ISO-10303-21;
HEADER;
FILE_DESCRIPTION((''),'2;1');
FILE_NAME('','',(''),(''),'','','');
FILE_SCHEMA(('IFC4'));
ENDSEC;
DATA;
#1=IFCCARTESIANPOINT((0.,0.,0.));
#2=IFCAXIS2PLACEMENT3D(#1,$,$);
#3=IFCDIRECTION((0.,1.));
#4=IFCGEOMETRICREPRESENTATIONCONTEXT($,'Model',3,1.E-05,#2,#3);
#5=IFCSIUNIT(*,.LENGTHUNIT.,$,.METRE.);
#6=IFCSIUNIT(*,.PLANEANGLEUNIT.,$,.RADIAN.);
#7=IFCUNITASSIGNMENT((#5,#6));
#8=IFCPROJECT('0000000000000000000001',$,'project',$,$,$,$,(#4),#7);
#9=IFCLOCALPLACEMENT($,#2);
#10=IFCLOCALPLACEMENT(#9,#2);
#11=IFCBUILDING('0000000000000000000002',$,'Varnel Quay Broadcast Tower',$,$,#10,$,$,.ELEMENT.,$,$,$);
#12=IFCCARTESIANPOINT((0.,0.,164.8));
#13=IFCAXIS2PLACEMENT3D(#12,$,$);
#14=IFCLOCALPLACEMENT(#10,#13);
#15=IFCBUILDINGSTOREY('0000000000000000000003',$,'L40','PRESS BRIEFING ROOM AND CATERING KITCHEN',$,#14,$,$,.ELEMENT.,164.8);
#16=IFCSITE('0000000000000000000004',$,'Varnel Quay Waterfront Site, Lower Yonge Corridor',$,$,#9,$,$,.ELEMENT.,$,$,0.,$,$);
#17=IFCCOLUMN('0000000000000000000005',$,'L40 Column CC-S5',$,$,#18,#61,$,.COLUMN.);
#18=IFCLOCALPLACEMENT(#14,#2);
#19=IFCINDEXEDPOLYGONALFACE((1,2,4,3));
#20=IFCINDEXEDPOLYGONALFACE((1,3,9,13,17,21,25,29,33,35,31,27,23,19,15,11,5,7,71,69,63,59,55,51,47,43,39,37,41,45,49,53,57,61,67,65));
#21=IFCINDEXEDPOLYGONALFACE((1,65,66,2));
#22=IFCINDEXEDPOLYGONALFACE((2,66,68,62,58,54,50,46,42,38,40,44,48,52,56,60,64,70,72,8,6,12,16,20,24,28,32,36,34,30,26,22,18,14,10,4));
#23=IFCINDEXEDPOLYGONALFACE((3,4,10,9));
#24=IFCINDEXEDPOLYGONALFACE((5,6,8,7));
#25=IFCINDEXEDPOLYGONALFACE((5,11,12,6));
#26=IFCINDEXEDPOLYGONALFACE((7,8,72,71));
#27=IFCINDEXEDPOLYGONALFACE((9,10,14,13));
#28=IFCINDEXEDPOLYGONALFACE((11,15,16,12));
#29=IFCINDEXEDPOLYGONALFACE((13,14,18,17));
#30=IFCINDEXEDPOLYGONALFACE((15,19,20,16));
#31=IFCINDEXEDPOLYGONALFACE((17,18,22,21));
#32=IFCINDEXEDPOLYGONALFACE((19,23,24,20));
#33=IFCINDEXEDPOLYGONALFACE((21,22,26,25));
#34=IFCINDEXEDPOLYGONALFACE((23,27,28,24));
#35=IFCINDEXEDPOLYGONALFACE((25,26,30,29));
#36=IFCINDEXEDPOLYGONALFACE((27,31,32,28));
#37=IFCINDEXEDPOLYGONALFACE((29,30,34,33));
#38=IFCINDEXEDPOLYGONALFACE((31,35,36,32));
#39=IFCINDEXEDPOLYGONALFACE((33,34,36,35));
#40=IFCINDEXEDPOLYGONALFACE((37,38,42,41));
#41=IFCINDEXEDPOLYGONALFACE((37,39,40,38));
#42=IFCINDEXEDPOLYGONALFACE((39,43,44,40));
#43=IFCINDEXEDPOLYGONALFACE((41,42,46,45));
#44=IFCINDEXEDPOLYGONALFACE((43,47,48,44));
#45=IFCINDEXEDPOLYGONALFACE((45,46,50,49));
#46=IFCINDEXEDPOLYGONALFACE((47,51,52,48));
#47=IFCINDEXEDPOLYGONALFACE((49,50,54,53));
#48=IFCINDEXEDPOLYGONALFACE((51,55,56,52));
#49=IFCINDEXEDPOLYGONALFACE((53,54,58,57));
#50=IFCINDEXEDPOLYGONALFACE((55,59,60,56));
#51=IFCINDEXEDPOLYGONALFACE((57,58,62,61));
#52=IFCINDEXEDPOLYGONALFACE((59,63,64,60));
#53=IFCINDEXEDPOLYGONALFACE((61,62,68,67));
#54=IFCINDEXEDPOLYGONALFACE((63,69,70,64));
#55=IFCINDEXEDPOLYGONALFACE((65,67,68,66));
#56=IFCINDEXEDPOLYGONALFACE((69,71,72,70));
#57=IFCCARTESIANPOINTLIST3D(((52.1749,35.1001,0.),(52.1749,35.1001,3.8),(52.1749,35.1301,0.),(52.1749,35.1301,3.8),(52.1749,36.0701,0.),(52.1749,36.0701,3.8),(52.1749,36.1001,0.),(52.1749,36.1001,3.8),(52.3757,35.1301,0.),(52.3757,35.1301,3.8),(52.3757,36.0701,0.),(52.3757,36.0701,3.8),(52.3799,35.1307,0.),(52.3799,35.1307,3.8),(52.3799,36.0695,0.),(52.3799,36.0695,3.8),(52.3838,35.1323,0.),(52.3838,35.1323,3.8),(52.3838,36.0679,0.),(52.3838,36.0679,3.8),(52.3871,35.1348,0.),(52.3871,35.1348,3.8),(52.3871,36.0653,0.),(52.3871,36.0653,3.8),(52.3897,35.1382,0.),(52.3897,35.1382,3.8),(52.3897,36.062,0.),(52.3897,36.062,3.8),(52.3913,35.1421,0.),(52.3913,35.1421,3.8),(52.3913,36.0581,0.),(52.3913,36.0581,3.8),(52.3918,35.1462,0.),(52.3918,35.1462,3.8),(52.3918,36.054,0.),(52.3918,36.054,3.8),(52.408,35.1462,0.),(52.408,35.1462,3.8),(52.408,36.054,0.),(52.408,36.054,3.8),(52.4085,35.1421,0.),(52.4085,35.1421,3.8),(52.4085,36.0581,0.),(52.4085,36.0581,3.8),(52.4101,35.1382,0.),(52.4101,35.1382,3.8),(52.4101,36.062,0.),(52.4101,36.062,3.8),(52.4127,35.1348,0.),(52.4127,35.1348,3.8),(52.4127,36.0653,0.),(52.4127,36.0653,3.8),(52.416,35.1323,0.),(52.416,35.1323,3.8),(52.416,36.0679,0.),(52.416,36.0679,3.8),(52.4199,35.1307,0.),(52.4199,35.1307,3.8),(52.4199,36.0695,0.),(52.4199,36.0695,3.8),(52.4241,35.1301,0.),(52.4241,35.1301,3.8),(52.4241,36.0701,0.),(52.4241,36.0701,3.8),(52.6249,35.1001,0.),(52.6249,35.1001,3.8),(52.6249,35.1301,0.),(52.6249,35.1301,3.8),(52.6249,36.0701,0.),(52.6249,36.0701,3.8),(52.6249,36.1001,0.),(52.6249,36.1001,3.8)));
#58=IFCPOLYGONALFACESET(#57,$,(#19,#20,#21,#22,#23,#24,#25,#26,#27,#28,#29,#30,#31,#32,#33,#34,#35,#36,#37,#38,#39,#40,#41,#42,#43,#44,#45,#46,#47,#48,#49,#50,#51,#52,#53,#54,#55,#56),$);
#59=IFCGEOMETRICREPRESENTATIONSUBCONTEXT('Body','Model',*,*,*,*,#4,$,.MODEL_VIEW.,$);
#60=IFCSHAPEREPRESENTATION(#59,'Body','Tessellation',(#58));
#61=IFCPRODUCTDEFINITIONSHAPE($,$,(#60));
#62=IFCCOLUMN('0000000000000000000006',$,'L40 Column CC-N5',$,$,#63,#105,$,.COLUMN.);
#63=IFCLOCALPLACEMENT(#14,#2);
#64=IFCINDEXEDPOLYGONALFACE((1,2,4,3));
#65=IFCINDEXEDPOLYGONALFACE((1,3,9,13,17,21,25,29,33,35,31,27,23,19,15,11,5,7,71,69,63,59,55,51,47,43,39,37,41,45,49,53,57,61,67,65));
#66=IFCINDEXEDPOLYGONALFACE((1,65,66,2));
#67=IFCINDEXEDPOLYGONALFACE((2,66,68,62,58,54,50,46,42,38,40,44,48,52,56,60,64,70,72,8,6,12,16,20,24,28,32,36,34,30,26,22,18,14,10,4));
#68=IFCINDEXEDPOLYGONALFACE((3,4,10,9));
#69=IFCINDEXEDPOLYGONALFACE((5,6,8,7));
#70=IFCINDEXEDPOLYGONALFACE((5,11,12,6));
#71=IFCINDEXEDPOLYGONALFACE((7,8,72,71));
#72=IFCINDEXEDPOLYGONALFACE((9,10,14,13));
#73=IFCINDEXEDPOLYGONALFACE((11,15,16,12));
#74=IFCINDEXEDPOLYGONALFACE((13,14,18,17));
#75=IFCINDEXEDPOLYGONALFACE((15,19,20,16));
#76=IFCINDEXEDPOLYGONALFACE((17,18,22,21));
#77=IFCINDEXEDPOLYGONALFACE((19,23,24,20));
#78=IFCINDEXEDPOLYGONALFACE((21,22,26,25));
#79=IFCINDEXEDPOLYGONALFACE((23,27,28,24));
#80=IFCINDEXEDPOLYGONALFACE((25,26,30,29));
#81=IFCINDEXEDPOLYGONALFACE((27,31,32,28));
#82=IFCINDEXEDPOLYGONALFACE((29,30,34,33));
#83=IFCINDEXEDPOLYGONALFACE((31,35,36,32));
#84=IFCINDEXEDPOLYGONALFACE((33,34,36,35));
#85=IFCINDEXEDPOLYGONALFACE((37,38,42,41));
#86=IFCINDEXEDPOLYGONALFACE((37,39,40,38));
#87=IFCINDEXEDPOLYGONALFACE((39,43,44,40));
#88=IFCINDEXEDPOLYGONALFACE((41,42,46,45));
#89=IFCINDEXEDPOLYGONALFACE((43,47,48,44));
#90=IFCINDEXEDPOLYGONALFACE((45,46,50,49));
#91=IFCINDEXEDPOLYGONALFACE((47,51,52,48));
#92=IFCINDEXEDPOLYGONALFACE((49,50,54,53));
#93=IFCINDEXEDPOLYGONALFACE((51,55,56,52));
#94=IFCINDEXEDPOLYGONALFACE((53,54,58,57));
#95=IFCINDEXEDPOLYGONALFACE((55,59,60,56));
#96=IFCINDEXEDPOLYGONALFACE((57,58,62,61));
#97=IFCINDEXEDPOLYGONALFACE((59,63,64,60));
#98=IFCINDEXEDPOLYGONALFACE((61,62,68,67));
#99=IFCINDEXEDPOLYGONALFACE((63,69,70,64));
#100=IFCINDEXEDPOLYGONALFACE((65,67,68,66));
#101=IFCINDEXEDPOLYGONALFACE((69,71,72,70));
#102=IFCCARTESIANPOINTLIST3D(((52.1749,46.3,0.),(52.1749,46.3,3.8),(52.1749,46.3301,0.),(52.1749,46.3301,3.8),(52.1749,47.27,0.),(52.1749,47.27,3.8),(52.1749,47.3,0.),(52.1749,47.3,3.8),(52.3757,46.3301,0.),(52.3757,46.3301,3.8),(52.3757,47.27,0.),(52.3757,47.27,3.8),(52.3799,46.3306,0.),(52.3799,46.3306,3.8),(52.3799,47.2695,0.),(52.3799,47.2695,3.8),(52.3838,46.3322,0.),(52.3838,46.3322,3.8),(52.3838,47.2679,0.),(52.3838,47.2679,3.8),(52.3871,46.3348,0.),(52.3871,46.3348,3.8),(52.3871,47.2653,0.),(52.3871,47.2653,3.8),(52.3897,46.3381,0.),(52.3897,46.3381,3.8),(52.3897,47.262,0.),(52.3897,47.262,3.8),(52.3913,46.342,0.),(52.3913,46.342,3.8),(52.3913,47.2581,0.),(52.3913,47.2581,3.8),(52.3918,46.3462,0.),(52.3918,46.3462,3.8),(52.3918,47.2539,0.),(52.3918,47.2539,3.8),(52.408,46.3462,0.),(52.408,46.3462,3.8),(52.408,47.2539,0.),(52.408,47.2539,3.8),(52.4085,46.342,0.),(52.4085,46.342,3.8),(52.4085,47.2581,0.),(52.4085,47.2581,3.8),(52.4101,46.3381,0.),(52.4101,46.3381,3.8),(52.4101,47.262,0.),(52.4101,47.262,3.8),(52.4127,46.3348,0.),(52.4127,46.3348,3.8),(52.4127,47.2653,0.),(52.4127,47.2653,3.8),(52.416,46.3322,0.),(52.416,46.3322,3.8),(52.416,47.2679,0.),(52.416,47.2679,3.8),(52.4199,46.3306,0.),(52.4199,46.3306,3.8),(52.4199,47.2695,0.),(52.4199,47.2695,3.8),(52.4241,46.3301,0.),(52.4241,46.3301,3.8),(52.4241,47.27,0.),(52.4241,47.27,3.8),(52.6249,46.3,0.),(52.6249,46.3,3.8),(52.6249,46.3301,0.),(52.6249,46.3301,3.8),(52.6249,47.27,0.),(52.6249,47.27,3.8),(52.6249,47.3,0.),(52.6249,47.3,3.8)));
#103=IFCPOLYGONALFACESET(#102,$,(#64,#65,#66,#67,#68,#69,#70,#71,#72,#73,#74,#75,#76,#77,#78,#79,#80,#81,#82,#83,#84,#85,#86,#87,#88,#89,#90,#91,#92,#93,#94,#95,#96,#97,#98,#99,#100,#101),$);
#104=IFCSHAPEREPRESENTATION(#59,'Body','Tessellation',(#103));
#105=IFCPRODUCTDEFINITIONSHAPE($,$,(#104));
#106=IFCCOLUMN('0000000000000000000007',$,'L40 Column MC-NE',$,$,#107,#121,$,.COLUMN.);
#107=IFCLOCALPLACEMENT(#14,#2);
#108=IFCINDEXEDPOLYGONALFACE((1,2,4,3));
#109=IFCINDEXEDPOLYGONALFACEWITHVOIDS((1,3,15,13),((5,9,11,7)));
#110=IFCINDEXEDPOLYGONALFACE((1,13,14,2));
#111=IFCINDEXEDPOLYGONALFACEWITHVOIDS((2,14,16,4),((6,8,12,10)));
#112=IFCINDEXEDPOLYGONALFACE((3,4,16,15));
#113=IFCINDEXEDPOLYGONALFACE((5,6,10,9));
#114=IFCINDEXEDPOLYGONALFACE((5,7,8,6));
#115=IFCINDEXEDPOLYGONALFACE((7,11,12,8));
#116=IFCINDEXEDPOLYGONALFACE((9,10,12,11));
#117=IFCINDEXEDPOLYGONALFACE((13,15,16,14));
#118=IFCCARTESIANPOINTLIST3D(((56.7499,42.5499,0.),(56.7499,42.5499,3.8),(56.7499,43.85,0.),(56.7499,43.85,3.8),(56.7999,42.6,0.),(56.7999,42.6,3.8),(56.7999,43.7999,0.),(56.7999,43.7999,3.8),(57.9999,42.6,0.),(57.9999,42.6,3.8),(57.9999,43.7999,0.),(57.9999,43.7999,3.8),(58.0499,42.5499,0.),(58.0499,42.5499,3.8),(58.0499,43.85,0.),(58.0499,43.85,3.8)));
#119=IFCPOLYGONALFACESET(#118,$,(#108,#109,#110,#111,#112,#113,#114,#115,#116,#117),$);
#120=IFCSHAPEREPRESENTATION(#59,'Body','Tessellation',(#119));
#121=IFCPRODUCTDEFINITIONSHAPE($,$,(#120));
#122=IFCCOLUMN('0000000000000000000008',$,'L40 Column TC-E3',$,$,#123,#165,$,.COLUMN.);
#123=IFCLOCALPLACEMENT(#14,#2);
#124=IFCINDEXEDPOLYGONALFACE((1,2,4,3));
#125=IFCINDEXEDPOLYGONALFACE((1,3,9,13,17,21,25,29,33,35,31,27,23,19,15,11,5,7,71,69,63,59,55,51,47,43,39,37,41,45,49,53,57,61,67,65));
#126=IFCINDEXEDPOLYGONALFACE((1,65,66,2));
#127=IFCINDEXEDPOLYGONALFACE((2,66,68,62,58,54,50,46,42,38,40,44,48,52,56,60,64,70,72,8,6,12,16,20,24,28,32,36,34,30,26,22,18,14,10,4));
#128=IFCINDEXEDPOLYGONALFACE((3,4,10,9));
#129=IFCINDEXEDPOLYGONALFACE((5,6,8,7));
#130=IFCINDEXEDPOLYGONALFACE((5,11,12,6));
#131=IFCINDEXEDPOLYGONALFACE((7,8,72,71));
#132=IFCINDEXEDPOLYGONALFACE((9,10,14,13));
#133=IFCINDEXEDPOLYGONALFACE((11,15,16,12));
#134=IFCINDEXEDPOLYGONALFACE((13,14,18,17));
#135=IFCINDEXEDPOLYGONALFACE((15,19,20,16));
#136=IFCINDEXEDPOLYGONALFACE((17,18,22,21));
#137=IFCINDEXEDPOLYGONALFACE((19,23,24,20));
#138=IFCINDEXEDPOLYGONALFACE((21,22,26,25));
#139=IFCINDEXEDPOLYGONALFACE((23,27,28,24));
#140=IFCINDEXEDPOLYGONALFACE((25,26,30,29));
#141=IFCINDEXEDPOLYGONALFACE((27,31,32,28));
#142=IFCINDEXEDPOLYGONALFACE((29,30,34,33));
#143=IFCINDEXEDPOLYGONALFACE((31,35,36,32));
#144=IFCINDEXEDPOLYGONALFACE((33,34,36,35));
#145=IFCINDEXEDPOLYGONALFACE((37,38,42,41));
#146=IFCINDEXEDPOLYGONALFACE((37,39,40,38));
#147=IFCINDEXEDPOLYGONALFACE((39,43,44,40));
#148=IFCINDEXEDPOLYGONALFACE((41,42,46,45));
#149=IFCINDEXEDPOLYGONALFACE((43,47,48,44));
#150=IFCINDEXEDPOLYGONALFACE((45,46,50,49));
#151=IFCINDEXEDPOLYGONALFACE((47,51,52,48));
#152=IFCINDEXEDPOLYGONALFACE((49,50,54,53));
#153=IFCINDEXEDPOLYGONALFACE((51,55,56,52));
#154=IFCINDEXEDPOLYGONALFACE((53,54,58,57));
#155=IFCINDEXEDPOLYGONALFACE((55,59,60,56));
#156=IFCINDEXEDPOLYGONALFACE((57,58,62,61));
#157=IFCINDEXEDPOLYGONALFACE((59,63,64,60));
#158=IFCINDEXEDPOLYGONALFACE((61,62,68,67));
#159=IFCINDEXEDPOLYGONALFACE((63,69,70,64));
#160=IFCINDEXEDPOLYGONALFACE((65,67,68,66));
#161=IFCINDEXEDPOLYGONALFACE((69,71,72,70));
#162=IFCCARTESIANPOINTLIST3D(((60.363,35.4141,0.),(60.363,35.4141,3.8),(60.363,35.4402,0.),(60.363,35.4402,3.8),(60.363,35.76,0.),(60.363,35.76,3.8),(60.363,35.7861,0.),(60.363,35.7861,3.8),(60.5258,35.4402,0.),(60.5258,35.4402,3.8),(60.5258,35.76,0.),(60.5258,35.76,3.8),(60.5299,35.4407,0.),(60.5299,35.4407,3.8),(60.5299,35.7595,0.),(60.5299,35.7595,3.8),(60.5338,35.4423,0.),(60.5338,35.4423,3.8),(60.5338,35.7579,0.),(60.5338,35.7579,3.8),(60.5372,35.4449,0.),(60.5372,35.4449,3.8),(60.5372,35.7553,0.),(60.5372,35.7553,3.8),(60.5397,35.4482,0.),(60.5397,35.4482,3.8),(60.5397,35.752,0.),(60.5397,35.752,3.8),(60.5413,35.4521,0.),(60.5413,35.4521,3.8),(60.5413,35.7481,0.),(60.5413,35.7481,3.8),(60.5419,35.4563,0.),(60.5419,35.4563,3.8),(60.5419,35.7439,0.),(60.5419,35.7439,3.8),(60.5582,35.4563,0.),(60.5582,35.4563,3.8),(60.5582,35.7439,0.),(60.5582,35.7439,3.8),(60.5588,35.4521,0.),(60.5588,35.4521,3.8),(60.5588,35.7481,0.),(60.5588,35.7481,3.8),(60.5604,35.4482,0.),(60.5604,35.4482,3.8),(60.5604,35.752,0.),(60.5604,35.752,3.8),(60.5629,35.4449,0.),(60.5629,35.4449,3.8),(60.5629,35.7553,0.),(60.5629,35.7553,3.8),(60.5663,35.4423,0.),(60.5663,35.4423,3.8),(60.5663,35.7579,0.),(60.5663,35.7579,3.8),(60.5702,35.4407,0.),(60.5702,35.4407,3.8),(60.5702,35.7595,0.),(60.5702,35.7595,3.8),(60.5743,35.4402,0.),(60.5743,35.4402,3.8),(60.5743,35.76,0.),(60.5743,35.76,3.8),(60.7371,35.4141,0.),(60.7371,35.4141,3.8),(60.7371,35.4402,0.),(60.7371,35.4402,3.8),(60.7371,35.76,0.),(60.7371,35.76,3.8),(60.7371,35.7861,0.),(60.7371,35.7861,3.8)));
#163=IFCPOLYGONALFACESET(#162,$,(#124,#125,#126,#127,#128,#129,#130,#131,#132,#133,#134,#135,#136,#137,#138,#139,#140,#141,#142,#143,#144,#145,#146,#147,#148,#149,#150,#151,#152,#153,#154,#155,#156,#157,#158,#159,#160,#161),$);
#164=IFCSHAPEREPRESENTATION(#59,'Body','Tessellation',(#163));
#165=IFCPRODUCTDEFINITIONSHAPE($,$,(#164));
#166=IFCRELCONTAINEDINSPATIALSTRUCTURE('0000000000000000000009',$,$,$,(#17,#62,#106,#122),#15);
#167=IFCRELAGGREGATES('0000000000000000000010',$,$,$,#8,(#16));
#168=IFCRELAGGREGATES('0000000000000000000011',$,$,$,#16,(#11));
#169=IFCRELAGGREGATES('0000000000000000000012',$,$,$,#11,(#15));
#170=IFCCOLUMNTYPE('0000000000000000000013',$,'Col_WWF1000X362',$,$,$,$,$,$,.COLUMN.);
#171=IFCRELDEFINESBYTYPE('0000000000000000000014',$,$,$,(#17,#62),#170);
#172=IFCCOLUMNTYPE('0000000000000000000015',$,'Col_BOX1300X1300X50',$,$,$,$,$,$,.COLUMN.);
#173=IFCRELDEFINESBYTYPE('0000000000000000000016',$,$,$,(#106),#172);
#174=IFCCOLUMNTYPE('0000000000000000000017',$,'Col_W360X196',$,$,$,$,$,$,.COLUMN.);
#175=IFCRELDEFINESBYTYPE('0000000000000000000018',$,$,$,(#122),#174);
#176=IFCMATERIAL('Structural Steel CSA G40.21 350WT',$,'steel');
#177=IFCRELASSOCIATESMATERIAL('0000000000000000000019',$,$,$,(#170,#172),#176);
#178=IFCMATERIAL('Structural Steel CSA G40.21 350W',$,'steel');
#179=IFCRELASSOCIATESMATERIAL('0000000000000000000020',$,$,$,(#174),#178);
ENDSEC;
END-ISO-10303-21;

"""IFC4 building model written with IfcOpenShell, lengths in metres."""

from ifc_helpers import new_model, si_unit, direction, frame, origin, origin_2d, place, context, subcontext, project, spatial, hollow_rectangle, i_section, extrude, source, transform, mapped, material, material_profile, profile_set, type_object, type_shapes, element, save


model = new_model("IFC4")

# Units and contexts
model_context = context("Model", 3, precision=1e-05, world=origin(), true_north=direction((0.0, 1.0)))
body_context = subcontext(model_context, "Body", "Model", "MODEL_VIEW")
ifc_project = project(units=[si_unit("LENGTHUNIT", "METRE"), si_unit("PLANEANGLEUNIT", "RADIAN")], contexts=[model_context])

# Site, building, storey
site_placement = place(None, origin())
site = spatial("IfcSite", under=ifc_project, at=site_placement, Name="Varnel Quay Waterfront Site, Lower Yonge Corridor", CompositionType="ELEMENT", RefElevation=0.0)
building_placement = place(site_placement, origin())
building = spatial("IfcBuilding", under=site, at=building_placement, Name="Varnel Quay Broadcast Tower", CompositionType="ELEMENT")
storey_placement = place(building_placement, frame((0.0, 0.0, 164.8)))
storey = spatial("IfcBuildingStorey", under=building, at=storey_placement, Name="L40", Description="PRESS BRIEFING ROOM AND CATERING KITCHEN", CompositionType="ELEMENT", Elevation=164.8)

# Columns
ifc_material_1 = material(Name="Structural Steel CSA G40.21 350WT", Category="steel")
ifc_material_profile_1 = material_profile(ifc_material_1, i_section(OverallWidth=0.45, OverallDepth=1.0, WebThickness=0.0161, FlangeThickness=0.03, FilletRadius=0.0161, at=origin_2d()), Name="WWF1000X362")
ifc_profile_set_1 = profile_set([ifc_material_profile_1], Name="Structural Steel CSA G40.21 350WT")
column_type_1 = type_object("IfcColumnType", Name="Col_WWF1000X362", PredefinedType="COLUMN", material=ifc_profile_set_1)
shared_shape_1 = source(origin(), body_context, "Body", "SweptSolid", [
    extrude(i_section(OverallWidth=0.45, OverallDepth=1.0, WebThickness=0.0161, FlangeThickness=0.03, FilletRadius=0.0161, at=origin_2d()), origin(), (0.0, 0.0, 1.0), 3.8),
])
type_shapes(column_type_1, [shared_shape_1])
for number, where, z_axis, x_axis, name in (
    (1, (52.3999, 35.6001, 0.0), (0.0, 0.0, 1.0), (1.0, 0.0, 0.0), "L40 Column CC-S5"),
    (2, (52.3999, 46.8, 0.0), (0.0, 0.0, 1.0), (1.0, 0.0, 0.0), "L40 Column CC-N5"),
):
    element("IfcColumn", number, at=place(storey_placement, frame(where, z_axis=z_axis, x_axis=x_axis)), inside=storey, type_object=column_type_1, Name=name, PredefinedType="COLUMN", context=body_context, shape_type="MappedRepresentation", body=[
        mapped(shared_shape_1, transform((0.0, 0.0, 0.0), x_axis=(1.0, 0.0, 0.0), y_axis=(0.0, 1.0, 0.0), z_axis=(0.0, 0.0, 1.0), scale=1.0)),
    ])
ifc_material_profile_2 = material_profile(ifc_material_1, hollow_rectangle(XDim=1.3, YDim=1.3, WallThickness=0.05, at=origin_2d()), Name="BOX1300X1300X50")
ifc_profile_set_2 = profile_set([ifc_material_profile_2], Name="Structural Steel CSA G40.21 350WT")
column_type_2 = type_object("IfcColumnType", Name="Col_BOX1300X1300X50", PredefinedType="COLUMN", material=ifc_profile_set_2)
shared_shape_2 = source(origin(), body_context, "Body", "SweptSolid", [
    extrude(hollow_rectangle(XDim=1.3, YDim=1.3, WallThickness=0.05, at=origin_2d()), origin(), (0.0, 0.0, 1.0), 3.8),
])
type_shapes(column_type_2, [shared_shape_2])
column_1_placement = place(storey_placement, frame((57.3999, 43.2, 0.0), z_axis=(0.0, 0.0, 1.0), x_axis=(1.0, 0.0, 0.0)))
element("IfcColumn", 3, at=column_1_placement, inside=storey, type_object=column_type_2, Name="L40 Column MC-NE", PredefinedType="COLUMN", context=body_context, shape_type="MappedRepresentation", body=[
    mapped(shared_shape_2, transform((0.0, 0.0, 0.0), x_axis=(1.0, 0.0, 0.0), y_axis=(0.0, 1.0, 0.0), z_axis=(0.0, 0.0, 1.0), scale=1.0)),
])
ifc_material_2 = material(Name="Structural Steel CSA G40.21 350W", Category="steel")
ifc_material_profile_3 = material_profile(ifc_material_2, i_section(OverallWidth=0.374, OverallDepth=0.3721, WebThickness=0.0164, FlangeThickness=0.0261, FilletRadius=0.0161, at=origin_2d()), Name="W360X196")
ifc_profile_set_3 = profile_set([ifc_material_profile_3], Name="Structural Steel CSA G40.21 350W")
column_type_3 = type_object("IfcColumnType", Name="Col_W360X196", PredefinedType="COLUMN", material=ifc_profile_set_3)
shared_shape_3 = source(origin(), body_context, "Body", "SweptSolid", [
    extrude(i_section(OverallWidth=0.374, OverallDepth=0.3721, WebThickness=0.0164, FlangeThickness=0.0261, FilletRadius=0.0161, at=origin_2d()), origin(), (0.0, 0.0, 1.0), 3.8),
])
type_shapes(column_type_3, [shared_shape_3])
column_2_placement = place(storey_placement, frame((60.55, 35.6001, 0.0), z_axis=(0.0, 0.0, 1.0), x_axis=(1.0, 0.0, 0.0)))
element("IfcColumn", 4, at=column_2_placement, inside=storey, type_object=column_type_3, Name="L40 Column TC-E3", PredefinedType="COLUMN", context=body_context, shape_type="MappedRepresentation", body=[
    mapped(shared_shape_3, transform((0.0, 0.0, 0.0), x_axis=(1.0, 0.0, 0.0), y_axis=(0.0, 1.0, 0.0), z_axis=(0.0, 0.0, 1.0), scale=1.0)),
])

save(model, "model.ifc")
